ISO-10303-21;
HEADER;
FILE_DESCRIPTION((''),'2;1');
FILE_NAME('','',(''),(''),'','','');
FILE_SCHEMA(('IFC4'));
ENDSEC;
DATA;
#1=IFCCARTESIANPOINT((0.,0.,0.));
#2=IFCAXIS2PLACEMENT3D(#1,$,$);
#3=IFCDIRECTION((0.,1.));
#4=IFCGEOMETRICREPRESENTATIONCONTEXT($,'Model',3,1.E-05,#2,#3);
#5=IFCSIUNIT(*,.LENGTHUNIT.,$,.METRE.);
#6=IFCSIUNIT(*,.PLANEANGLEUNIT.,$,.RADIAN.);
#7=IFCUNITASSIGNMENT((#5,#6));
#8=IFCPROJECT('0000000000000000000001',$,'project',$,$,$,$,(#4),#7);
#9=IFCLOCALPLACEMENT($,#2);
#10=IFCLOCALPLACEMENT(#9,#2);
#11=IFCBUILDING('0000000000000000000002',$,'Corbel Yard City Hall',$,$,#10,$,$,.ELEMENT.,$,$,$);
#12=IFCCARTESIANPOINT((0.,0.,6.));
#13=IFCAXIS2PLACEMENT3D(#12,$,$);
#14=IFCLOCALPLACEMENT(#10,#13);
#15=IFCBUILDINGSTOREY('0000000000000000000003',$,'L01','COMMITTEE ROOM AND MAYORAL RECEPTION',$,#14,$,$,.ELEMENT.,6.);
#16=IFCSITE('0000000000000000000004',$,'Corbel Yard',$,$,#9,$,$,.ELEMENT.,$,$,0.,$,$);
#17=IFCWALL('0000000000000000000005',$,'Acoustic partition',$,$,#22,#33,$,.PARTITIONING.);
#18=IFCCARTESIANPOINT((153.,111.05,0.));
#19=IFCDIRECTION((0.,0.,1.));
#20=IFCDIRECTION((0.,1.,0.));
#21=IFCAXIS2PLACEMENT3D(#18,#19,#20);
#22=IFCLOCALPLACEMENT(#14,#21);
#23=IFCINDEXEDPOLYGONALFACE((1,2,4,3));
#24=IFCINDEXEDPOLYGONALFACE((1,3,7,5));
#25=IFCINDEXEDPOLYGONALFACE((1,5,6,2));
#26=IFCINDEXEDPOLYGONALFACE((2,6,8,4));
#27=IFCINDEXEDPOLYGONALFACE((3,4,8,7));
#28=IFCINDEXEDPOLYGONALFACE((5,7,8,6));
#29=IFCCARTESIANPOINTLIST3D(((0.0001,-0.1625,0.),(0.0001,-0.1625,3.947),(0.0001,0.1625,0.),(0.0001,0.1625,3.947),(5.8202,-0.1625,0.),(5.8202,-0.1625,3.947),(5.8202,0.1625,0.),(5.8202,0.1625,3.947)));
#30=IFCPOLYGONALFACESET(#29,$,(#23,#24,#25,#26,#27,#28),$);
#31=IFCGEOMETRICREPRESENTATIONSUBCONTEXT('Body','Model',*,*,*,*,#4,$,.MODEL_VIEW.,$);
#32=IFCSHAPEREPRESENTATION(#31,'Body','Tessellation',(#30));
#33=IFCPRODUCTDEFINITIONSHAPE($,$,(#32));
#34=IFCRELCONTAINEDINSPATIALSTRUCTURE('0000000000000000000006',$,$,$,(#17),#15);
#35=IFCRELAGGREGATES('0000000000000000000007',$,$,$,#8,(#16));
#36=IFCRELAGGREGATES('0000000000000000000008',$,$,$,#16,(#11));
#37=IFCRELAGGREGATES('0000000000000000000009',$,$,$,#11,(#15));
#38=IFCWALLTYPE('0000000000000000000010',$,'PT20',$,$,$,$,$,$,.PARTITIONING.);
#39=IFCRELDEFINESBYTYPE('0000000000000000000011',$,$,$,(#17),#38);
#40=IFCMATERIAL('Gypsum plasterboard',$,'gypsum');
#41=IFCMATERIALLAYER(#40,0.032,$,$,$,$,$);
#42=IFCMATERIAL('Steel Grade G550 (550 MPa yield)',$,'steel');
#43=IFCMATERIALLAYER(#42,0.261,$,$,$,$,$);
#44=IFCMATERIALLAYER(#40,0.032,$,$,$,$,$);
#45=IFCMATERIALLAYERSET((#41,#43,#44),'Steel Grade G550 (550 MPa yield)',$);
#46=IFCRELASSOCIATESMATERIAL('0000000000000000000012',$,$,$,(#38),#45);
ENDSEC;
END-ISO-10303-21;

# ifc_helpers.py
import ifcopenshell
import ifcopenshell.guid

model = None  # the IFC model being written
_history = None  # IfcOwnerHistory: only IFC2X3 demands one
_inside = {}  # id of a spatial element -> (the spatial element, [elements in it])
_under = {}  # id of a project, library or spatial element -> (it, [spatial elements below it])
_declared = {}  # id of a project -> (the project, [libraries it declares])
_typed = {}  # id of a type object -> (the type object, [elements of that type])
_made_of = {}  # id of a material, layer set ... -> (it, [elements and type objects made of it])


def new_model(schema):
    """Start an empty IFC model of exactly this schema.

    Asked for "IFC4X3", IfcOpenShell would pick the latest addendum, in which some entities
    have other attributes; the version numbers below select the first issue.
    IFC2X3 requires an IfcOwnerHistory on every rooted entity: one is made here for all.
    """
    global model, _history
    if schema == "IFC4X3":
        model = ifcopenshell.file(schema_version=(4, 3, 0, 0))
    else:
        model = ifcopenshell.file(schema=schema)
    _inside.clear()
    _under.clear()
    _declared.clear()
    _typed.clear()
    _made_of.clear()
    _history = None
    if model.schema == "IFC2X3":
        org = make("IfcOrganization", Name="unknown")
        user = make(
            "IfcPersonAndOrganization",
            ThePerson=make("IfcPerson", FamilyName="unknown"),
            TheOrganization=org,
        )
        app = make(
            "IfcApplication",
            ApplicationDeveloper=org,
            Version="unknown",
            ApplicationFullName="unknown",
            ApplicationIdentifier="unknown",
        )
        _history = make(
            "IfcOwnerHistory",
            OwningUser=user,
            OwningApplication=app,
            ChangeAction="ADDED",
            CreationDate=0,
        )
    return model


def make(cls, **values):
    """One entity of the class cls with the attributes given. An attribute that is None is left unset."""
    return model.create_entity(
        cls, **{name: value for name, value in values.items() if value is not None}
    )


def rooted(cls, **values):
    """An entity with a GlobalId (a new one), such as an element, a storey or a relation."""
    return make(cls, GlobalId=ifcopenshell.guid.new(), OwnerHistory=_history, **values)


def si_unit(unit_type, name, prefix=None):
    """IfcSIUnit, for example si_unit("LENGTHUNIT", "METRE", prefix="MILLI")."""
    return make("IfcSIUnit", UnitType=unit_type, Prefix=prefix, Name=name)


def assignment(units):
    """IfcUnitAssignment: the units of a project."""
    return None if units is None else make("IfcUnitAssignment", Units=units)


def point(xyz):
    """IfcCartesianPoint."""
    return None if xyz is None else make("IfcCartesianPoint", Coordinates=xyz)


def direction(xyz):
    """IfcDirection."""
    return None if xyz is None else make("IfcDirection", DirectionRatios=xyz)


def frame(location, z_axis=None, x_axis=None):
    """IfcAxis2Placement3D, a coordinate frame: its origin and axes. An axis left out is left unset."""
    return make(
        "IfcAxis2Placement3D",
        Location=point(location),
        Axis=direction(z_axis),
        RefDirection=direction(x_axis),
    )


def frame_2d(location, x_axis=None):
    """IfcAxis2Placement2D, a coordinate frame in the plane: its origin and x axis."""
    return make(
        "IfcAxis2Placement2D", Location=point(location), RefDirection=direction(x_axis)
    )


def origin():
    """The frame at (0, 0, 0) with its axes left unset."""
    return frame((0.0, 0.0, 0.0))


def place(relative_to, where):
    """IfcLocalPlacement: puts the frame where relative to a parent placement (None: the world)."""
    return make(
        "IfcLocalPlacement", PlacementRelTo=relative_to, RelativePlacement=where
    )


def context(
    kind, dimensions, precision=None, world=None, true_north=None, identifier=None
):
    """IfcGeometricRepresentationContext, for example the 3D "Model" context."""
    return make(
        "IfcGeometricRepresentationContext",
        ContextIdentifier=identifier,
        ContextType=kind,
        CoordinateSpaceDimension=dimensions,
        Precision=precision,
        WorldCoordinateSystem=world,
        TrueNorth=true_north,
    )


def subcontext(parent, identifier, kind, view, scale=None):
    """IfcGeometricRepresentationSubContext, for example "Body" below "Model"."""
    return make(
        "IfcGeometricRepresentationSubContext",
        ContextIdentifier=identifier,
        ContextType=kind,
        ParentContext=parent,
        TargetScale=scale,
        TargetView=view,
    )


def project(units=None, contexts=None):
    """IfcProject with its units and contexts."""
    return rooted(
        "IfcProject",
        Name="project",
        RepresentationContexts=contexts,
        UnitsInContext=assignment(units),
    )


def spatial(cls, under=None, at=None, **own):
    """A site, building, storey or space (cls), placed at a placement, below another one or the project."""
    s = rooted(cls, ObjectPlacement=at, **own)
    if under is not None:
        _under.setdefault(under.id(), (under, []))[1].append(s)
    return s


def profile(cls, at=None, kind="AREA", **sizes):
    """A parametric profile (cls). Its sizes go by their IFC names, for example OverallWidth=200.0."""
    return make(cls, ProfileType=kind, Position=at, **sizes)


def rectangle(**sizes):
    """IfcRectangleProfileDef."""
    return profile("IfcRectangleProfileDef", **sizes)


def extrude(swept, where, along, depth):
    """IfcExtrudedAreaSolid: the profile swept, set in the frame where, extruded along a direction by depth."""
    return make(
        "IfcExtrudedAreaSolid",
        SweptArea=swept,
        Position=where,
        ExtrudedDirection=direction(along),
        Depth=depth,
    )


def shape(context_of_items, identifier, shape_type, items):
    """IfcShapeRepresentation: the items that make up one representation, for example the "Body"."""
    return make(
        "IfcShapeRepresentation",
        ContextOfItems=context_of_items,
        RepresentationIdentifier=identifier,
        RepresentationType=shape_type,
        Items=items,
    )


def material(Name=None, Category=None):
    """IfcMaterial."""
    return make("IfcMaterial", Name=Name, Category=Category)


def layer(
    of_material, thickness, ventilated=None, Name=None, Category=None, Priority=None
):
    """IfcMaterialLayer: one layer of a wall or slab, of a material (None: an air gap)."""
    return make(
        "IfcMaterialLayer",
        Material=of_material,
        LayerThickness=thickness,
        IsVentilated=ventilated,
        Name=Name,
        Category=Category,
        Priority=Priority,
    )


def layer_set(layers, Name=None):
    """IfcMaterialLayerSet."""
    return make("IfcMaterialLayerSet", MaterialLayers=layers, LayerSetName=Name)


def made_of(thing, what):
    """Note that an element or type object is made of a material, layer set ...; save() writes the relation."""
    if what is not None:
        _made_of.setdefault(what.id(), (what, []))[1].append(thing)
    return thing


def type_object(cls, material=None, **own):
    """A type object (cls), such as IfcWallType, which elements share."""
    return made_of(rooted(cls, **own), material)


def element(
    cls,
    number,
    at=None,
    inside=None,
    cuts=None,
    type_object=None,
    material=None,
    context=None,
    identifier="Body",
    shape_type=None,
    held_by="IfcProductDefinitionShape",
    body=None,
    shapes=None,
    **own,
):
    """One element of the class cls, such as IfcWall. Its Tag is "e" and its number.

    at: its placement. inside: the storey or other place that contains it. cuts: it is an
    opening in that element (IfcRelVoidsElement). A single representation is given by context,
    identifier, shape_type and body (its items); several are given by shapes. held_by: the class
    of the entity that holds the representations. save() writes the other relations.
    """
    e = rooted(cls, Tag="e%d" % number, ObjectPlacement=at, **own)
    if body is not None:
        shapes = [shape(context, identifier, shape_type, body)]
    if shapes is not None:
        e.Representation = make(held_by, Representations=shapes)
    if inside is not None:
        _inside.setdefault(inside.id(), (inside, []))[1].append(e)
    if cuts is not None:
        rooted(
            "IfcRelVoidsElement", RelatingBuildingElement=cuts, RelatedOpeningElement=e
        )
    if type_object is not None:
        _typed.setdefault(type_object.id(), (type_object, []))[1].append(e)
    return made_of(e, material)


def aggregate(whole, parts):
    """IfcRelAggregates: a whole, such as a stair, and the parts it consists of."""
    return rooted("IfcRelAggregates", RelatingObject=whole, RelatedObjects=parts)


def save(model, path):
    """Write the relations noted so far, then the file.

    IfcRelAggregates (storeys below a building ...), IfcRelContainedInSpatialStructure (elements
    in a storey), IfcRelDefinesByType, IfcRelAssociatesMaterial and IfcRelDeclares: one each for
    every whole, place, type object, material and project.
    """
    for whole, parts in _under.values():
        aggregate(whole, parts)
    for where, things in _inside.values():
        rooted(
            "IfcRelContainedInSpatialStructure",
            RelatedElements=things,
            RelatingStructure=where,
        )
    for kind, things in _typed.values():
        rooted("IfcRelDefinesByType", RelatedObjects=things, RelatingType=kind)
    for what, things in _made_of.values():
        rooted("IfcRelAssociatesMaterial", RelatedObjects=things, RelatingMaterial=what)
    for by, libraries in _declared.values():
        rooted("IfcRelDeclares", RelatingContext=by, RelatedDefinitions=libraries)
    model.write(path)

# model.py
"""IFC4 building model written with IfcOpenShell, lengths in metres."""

from ifc_helpers import new_model, si_unit, direction, frame, frame_2d, origin, place, context, subcontext, project, spatial, rectangle, extrude, material, layer, layer_set, type_object, element, save


model = new_model("IFC4")

# Units and contexts
model_context = context("Model", 3, precision=1e-05, world=origin(), true_north=direction((0.0, 1.0)))
body_context = subcontext(model_context, "Body", "Model", "MODEL_VIEW")
ifc_project = project(units=[si_unit("LENGTHUNIT", "METRE"), si_unit("PLANEANGLEUNIT", "RADIAN")], contexts=[model_context])

# Site, building, storey
site_placement = place(None, origin())
site = spatial("IfcSite", under=ifc_project, at=site_placement, Name="Corbel Yard", CompositionType="ELEMENT", RefElevation=0.0)
building_placement = place(site_placement, origin())
building = spatial("IfcBuilding", under=site, at=building_placement, Name="Corbel Yard City Hall", CompositionType="ELEMENT")
storey_placement = place(building_placement, frame((0.0, 0.0, 6.0)))
storey = spatial("IfcBuildingStorey", under=building, at=storey_placement, Name="L01", Description="COMMITTEE ROOM AND MAYORAL RECEPTION", CompositionType="ELEMENT", Elevation=6.0)

# Wall
ifc_material_1 = material(Name="Gypsum plasterboard", Category="gypsum")
ifc_layer_1 = layer(ifc_material_1, 0.032)
ifc_material_2 = material(Name="Steel Grade G550 (550 MPa yield)", Category="steel")
ifc_layer_2 = layer(ifc_material_2, 0.261)
ifc_layer_3 = layer(ifc_material_1, 0.032)
ifc_layer_set_1 = layer_set([ifc_layer_1, ifc_layer_2, ifc_layer_3], Name="Steel Grade G550 (550 MPa yield)")
wall_type_1 = type_object("IfcWallType", Name="PT20", PredefinedType="PARTITIONING", material=ifc_layer_set_1)
wall_1_placement = place(storey_placement, frame((153.0, 111.05, 0.0), z_axis=(0.0, 0.0, 1.0), x_axis=(0.0, 1.0, 0.0)))
element("IfcWall", 1, at=wall_1_placement, inside=storey, type_object=wall_type_1, Name="Acoustic partition", PredefinedType="PARTITIONING", context=body_context, shape_type="SweptSolid", body=[
    extrude(rectangle(XDim=5.8201, YDim=0.325, at=frame_2d((2.9102, 0.0))), origin(), (0.0, 0.0, 1.0), 3.947),
])

save(model, "model.ifc")
